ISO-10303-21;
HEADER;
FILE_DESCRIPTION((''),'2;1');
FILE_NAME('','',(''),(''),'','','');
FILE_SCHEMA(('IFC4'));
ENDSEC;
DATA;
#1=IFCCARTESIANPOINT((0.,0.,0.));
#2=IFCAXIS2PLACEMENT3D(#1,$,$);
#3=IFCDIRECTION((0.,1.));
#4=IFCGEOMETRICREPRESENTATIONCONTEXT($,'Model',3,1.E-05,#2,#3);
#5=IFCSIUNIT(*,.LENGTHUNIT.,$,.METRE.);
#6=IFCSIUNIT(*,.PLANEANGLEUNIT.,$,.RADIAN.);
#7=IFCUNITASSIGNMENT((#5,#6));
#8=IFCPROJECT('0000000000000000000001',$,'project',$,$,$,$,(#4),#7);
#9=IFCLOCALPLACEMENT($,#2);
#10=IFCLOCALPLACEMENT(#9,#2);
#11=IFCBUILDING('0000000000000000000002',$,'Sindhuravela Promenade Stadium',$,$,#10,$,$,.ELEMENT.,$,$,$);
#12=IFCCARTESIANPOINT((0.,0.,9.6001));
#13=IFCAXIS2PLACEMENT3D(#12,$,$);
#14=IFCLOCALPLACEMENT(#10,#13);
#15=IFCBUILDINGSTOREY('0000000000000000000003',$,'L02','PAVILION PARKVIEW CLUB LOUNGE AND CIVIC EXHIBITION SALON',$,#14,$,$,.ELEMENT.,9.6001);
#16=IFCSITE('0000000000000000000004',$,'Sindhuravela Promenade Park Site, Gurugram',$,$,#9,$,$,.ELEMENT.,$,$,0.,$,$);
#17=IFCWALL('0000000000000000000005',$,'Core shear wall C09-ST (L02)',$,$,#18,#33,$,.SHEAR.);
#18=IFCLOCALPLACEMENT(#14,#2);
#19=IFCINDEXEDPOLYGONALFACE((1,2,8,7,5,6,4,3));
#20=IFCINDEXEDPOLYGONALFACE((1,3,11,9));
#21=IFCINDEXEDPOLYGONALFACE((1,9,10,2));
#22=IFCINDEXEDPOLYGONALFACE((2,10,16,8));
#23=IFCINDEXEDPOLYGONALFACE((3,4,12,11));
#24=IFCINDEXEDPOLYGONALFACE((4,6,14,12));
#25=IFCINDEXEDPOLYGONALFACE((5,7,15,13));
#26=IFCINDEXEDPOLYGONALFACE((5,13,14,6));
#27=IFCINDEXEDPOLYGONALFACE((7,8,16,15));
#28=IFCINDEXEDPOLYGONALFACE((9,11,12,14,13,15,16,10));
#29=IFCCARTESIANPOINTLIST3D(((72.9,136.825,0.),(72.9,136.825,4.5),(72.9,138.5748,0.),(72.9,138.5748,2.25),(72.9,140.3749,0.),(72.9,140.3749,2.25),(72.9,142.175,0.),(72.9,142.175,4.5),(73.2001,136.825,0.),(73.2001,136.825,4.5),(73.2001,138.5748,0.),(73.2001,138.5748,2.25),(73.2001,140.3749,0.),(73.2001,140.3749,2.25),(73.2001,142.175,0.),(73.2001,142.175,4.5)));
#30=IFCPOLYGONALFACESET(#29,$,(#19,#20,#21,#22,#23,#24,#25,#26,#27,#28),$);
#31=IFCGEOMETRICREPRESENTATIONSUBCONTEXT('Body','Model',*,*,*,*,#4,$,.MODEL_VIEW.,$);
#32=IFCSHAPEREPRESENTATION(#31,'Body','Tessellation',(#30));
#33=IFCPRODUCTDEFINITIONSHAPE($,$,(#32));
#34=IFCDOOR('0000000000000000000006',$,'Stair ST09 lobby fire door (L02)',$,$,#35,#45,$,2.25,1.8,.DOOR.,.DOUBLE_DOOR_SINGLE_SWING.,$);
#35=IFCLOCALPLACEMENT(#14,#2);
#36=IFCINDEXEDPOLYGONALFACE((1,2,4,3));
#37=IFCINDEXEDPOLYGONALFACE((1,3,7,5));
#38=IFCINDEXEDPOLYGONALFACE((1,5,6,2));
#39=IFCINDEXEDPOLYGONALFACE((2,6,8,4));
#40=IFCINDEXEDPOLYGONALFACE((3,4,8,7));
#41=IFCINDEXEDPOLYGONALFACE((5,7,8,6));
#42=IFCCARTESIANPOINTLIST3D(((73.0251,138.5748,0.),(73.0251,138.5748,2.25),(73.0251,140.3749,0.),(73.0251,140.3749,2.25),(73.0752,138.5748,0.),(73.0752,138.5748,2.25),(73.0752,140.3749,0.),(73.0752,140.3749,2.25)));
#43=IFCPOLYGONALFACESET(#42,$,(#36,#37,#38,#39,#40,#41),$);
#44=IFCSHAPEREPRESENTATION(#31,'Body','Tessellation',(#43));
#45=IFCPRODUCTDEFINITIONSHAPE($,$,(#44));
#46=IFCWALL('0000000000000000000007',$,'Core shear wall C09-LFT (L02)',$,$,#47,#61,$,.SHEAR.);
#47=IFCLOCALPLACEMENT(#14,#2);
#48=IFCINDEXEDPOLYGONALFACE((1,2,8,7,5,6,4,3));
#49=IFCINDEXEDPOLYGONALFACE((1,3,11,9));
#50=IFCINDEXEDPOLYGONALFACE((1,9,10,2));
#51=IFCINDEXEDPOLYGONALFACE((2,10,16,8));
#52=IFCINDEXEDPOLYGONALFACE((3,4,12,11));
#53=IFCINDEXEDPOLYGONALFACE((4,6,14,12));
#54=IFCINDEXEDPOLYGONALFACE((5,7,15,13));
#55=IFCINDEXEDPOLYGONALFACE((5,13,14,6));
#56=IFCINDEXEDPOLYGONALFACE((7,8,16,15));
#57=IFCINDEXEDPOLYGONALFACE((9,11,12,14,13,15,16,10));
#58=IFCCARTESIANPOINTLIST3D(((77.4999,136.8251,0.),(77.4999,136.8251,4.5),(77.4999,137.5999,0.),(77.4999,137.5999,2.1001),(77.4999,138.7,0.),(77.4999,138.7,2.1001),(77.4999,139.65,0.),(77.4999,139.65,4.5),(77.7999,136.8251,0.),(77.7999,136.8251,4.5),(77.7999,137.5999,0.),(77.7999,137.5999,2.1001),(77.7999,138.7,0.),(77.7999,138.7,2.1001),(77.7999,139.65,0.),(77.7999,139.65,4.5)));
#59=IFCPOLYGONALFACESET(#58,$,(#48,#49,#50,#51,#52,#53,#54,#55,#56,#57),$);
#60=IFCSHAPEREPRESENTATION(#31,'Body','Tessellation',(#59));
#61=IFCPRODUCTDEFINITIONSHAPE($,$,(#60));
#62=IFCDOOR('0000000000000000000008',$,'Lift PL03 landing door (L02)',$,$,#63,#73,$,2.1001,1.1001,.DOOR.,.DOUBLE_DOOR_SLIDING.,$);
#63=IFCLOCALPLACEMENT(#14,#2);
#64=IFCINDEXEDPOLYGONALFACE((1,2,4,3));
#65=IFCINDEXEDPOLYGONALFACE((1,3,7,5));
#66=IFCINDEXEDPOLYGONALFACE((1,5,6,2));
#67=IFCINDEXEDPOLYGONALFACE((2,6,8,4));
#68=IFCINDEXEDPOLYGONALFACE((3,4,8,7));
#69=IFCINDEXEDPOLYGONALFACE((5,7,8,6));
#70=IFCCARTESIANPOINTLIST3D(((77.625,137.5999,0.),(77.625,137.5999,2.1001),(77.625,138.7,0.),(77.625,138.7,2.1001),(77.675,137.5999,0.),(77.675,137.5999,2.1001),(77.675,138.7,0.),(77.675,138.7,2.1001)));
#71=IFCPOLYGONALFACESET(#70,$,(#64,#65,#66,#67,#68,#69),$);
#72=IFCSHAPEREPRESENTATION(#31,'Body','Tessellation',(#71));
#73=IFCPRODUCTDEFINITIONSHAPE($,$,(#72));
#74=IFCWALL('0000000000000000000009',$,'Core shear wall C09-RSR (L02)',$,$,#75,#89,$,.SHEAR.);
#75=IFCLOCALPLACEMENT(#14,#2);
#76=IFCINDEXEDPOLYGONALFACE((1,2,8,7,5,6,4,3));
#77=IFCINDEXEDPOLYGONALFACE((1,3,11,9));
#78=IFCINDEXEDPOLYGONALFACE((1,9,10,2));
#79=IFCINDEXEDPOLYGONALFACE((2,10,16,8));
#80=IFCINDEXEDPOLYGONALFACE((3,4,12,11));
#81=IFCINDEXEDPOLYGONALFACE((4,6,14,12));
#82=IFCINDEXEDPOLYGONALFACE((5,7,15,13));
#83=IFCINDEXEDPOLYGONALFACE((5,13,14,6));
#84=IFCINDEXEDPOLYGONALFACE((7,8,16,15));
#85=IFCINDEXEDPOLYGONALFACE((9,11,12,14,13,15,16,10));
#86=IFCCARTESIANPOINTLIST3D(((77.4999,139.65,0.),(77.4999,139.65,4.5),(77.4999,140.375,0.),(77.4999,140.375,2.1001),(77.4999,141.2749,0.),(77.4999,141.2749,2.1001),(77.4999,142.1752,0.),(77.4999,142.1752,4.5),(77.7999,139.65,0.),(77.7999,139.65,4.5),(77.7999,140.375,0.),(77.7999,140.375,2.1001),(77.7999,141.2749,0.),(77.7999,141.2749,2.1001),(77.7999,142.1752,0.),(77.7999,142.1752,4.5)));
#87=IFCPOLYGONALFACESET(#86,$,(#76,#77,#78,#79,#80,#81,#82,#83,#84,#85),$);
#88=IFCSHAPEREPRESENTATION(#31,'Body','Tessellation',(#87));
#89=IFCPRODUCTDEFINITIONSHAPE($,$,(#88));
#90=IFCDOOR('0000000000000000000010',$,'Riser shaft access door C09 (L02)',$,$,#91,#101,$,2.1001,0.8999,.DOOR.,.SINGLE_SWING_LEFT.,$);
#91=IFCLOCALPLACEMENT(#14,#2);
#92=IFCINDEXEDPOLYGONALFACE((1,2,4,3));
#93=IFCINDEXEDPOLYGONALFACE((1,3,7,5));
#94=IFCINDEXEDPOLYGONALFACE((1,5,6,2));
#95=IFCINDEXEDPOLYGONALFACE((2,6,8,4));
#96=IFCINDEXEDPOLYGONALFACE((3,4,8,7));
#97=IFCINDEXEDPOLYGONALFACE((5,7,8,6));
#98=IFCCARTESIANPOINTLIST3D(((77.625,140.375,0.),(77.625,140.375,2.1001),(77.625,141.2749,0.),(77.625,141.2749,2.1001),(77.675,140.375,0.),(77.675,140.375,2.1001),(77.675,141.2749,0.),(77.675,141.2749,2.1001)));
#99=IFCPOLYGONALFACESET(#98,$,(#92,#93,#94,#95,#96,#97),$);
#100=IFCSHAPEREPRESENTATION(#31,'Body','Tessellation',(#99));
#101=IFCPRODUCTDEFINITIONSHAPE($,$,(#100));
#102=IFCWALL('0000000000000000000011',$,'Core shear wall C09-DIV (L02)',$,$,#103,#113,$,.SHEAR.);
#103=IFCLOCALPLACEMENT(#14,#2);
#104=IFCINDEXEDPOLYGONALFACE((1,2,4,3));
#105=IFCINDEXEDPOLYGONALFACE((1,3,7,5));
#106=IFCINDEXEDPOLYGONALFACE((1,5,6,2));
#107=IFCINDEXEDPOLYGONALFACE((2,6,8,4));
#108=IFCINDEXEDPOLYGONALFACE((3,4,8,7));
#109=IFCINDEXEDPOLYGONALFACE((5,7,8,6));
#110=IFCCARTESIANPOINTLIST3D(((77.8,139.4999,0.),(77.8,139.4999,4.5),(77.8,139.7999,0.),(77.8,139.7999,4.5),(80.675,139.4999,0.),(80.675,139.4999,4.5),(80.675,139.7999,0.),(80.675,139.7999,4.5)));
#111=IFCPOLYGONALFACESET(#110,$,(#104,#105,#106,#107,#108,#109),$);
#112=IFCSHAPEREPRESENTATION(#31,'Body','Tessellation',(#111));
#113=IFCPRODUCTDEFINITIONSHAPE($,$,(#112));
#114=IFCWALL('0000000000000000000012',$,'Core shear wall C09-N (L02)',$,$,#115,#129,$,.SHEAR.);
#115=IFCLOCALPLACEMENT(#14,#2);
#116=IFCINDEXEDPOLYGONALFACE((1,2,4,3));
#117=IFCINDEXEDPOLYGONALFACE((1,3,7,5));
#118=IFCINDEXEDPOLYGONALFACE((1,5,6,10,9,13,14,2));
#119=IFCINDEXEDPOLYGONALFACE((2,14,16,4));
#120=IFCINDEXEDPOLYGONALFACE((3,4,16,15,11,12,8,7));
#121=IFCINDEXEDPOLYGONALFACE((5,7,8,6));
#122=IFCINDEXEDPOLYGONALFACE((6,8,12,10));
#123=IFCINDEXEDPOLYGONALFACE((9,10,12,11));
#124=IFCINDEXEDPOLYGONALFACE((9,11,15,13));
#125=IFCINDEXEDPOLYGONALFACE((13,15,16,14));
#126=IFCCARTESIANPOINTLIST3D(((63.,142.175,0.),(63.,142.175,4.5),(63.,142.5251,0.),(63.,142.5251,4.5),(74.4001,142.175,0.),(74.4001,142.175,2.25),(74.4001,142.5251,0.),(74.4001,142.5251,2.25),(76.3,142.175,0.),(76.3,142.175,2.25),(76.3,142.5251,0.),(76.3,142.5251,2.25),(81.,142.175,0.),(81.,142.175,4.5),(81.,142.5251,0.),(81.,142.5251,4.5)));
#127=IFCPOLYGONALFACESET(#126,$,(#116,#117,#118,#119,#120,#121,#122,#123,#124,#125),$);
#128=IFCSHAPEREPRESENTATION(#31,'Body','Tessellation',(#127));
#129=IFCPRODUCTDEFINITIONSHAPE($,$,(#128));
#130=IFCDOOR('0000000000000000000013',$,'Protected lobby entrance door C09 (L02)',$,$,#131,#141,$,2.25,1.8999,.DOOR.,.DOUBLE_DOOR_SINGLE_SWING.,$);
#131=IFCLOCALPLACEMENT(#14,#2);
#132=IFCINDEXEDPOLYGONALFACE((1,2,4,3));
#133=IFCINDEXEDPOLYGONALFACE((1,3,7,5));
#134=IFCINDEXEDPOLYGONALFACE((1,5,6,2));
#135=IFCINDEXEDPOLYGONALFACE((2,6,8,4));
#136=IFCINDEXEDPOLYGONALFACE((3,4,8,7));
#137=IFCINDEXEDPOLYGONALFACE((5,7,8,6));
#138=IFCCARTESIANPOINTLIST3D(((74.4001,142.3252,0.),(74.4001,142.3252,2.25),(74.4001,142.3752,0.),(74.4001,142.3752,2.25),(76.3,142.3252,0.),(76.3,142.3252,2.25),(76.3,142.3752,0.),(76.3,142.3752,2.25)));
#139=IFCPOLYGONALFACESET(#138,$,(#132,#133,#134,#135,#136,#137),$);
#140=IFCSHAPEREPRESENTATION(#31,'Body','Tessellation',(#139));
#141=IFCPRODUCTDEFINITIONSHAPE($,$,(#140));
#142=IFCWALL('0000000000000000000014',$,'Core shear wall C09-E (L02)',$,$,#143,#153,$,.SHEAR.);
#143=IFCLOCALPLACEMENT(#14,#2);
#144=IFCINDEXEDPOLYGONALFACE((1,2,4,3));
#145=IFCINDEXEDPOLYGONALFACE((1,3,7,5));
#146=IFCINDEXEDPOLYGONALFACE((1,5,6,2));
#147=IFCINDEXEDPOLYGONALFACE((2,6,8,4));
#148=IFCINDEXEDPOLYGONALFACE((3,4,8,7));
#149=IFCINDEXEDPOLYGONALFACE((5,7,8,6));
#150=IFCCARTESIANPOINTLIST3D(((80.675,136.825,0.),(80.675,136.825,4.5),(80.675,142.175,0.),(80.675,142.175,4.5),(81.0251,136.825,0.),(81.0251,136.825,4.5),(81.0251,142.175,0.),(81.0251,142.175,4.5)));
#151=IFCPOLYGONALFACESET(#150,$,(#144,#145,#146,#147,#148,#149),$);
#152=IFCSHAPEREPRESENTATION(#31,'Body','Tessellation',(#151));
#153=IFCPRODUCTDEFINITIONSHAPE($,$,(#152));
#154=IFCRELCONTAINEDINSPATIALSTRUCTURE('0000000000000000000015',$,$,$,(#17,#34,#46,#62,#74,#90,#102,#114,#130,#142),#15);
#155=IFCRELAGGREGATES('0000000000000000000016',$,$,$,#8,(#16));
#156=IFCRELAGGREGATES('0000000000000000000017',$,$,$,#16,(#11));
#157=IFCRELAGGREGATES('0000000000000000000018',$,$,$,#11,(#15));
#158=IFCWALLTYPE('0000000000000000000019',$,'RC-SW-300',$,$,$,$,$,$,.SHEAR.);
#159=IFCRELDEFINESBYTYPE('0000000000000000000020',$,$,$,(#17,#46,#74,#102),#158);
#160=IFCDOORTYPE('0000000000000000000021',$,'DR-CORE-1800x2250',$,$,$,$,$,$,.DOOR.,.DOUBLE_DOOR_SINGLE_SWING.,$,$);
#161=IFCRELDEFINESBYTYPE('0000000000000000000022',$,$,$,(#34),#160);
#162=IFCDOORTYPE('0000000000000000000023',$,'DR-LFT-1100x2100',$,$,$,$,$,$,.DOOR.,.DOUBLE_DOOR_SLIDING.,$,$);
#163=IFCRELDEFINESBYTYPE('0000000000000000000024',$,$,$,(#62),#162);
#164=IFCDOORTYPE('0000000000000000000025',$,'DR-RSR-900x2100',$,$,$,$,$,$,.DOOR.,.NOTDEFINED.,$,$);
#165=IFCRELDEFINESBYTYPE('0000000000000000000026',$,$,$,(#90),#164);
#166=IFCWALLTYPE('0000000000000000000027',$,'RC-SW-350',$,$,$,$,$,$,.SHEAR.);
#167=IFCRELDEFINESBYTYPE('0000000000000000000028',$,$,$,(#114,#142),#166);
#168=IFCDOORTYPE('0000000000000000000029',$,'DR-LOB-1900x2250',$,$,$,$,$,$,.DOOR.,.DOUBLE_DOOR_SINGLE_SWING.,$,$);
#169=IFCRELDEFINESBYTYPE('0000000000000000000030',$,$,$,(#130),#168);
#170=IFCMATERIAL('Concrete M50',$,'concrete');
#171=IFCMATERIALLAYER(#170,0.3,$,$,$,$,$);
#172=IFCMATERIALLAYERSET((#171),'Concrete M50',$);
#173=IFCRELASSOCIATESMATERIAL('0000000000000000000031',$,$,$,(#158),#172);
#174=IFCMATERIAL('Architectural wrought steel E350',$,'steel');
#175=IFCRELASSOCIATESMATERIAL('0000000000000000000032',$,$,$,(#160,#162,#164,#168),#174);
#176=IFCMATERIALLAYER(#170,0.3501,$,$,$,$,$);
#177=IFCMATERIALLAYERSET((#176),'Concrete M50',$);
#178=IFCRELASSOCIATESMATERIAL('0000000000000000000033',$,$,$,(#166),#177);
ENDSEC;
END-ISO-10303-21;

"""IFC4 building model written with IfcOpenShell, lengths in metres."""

from ifc_helpers import new_model, si_unit, direction, frame, frame_2d, origin, place, context, subcontext, project, spatial, rectangle, extrude, material, layer, layer_set, type_object, element, fill, save


model = new_model("IFC4")

# Units and contexts
model_context = context("Model", 3, precision=1e-05, world=origin(), true_north=direction((0.0, 1.0)))
body_context = subcontext(model_context, "Body", "Model", "MODEL_VIEW")
ifc_project = project(units=[si_unit("LENGTHUNIT", "METRE"), si_unit("PLANEANGLEUNIT", "RADIAN")], contexts=[model_context])

# Site, building, storey
site_placement = place(None, origin())
site = spatial("IfcSite", under=ifc_project, at=site_placement, Name="Sindhuravela Promenade Park Site, Gurugram", CompositionType="ELEMENT", RefElevation=0.0)
building_placement = place(site_placement, origin())
building = spatial("IfcBuilding", under=site, at=building_placement, Name="Sindhuravela Promenade Stadium", CompositionType="ELEMENT")
storey_placement = place(building_placement, frame((0.0, 0.0, 9.6001)))
storey = spatial("IfcBuildingStorey", under=building, at=storey_placement, Name="L02", Description="PAVILION PARKVIEW CLUB LOUNGE AND CIVIC EXHIBITION SALON", CompositionType="ELEMENT", Elevation=9.6001)

# Walls, openings, doors
ifc_material_1 = material(Name="Concrete M50", Category="concrete")
ifc_layer_1 = layer(ifc_material_1, 0.3)
ifc_layer_set_1 = layer_set([ifc_layer_1], Name="Concrete M50")
wall_type_1 = type_object("IfcWallType", Name="RC-SW-300", PredefinedType="SHEAR", material=ifc_layer_set_1)
wall_1_placement = place(storey_placement, frame((73.05, 136.825, 0.0), z_axis=(0.0, 0.0, 1.0), x_axis=(0.0, 1.0, 0.0)))
wall_1 = element("IfcWall", 1, at=wall_1_placement, inside=storey, type_object=wall_type_1, Name="Core shear wall C09-ST (L02)", PredefinedType="SHEAR", context=body_context, shape_type="SweptSolid", body=[
    extrude(rectangle(XDim=5.3501, YDim=0.3, at=frame_2d((2.675, 0.0))), origin(), (0.0, 0.0, 1.0), 4.5),
])
opening_1_placement = place(wall_1_placement, frame((1.75, 0.0, 0.0)))
opening_1 = element("IfcOpeningElement", 2, at=opening_1_placement, cuts=wall_1, PredefinedType="OPENING", context=body_context, shape_type="SweptSolid", body=[
    extrude(rectangle(XDim=1.8, YDim=2.25, at=frame_2d((0.8999, 1.125))), frame((0.0, 0.1599, 0.0), z_axis=(0.0, -1.0, 0.0), x_axis=(1.0, 0.0, 0.0)), (0.0, 0.0, 1.0), 0.3201),
])
ifc_material_2 = material(Name="Architectural wrought steel E350", Category="steel")
door_type_1 = type_object("IfcDoorType", Name="DR-CORE-1800x2250", OperationType="DOUBLE_DOOR_SINGLE_SWING", PredefinedType="DOOR", material=ifc_material_2)
door_1_placement = place(opening_1_placement, origin())
door_1 = element("IfcDoor", 3, at=door_1_placement, inside=storey, type_object=door_type_1, Name="Stair ST09 lobby fire door (L02)", OperationType="DOUBLE_DOOR_SINGLE_SWING", OverallHeight=2.25, OverallWidth=1.8, PredefinedType="DOOR", context=body_context, shape_type="SweptSolid", body=[
    extrude(rectangle(XDim=1.8, YDim=2.25, at=frame_2d((0.8999, 1.125))), frame((0.0, 0.0249, 0.0), z_axis=(0.0, -1.0, 0.0), x_axis=(1.0, 0.0, 0.0)), (0.0, 0.0, 1.0), 0.05),
])
fill(opening_1, door_1)
wall_2_placement = place(storey_placement, frame((77.6499, 136.825, 0.0), z_axis=(0.0, 0.0, 1.0), x_axis=(0.0, 1.0, 0.0)))
wall_2 = element("IfcWall", 4, at=wall_2_placement, inside=storey, type_object=wall_type_1, Name="Core shear wall C09-LFT (L02)", PredefinedType="SHEAR", context=body_context, shape_type="SweptSolid", body=[
    extrude(rectangle(XDim=2.825, YDim=0.3, at=frame_2d((1.4126, 0.0))), origin(), (0.0, 0.0, 1.0), 4.5),
])
opening_2_placement = place(wall_2_placement, frame((0.7749, 0.0, 0.0)))
opening_2 = element("IfcOpeningElement", 5, at=opening_2_placement, cuts=wall_2, PredefinedType="OPENING", context=body_context, shape_type="SweptSolid", body=[
    extrude(rectangle(XDim=1.1001, YDim=2.1001, at=frame_2d((0.55, 1.05))), frame((0.0, 0.1599, 0.0), z_axis=(0.0, -1.0, 0.0), x_axis=(1.0, 0.0, 0.0)), (0.0, 0.0, 1.0), 0.3201),
])
door_type_2 = type_object("IfcDoorType", Name="DR-LFT-1100x2100", OperationType="DOUBLE_DOOR_SLIDING", PredefinedType="DOOR", material=ifc_material_2)
door_2_placement = place(opening_2_placement, origin())
door_2 = element("IfcDoor", 6, at=door_2_placement, inside=storey, type_object=door_type_2, Name="Lift PL03 landing door (L02)", OperationType="DOUBLE_DOOR_SLIDING", OverallHeight=2.1001, OverallWidth=1.1001, PredefinedType="DOOR", context=body_context, shape_type="SweptSolid", body=[
    extrude(rectangle(XDim=1.1001, YDim=2.1001, at=frame_2d((0.55, 1.05))), frame((0.0, 0.0249, 0.0), z_axis=(0.0, -1.0, 0.0), x_axis=(1.0, 0.0, 0.0)), (0.0, 0.0, 1.0), 0.05),
])
fill(opening_2, door_2)
wall_3_placement = place(storey_placement, frame((77.6499, 139.6499, 0.0), z_axis=(0.0, 0.0, 1.0), x_axis=(0.0, 1.0, 0.0)))
wall_3 = element("IfcWall", 7, at=wall_3_placement, inside=storey, type_object=wall_type_1, Name="Core shear wall C09-RSR (L02)", PredefinedType="SHEAR", context=body_context, shape_type="SweptSolid", body=[
    extrude(rectangle(XDim=2.5251, YDim=0.3, at=frame_2d((1.2627, 0.0))), origin(), (0.0, 0.0, 1.0), 4.5),
])
opening_3_placement = place(wall_3_placement, frame((0.7251, 0.0, 0.0)))
opening_3 = element("IfcOpeningElement", 8, at=opening_3_placement, cuts=wall_3, PredefinedType="OPENING", context=body_context, shape_type="SweptSolid", body=[
    extrude(rectangle(XDim=0.8999, YDim=2.1001, at=frame_2d((0.45, 1.05))), frame((0.0, 0.1599, 0.0), z_axis=(0.0, -1.0, 0.0), x_axis=(1.0, 0.0, 0.0)), (0.0, 0.0, 1.0), 0.3201),
])
door_type_3 = type_object("IfcDoorType", Name="DR-RSR-900x2100", OperationType="NOTDEFINED", PredefinedType="DOOR", material=ifc_material_2)
door_3_placement = place(opening_3_placement, origin())
door_3 = element("IfcDoor", 9, at=door_3_placement, inside=storey, type_object=door_type_3, Name="Riser shaft access door C09 (L02)", OperationType="SINGLE_SWING_LEFT", OverallHeight=2.1001, OverallWidth=0.8999, PredefinedType="DOOR", context=body_context, shape_type="SweptSolid", body=[
    extrude(rectangle(XDim=0.8999, YDim=2.1001, at=frame_2d((0.45, 1.05))), frame((0.0, 0.0249, 0.0), z_axis=(0.0, -1.0, 0.0), x_axis=(1.0, 0.0, 0.0)), (0.0, 0.0, 1.0), 0.05),
])
fill(opening_3, door_3)

# Wall
wall_4_placement = place(storey_placement, frame((77.8, 139.6499, 0.0), z_axis=(0.0, 0.0, 1.0), x_axis=(1.0, 0.0, 0.0)))
element("IfcWall", 10, at=wall_4_placement, inside=storey, type_object=wall_type_1, Name="Core shear wall C09-DIV (L02)", PredefinedType="SHEAR", context=body_context, shape_type="SweptSolid", body=[
    extrude(rectangle(XDim=2.875, YDim=0.3, at=frame_2d((1.4375, 0.0))), origin(), (0.0, 0.0, 1.0), 4.5),
])

# Wall, opening, door
ifc_layer_2 = layer(ifc_material_1, 0.3501)
ifc_layer_set_2 = layer_set([ifc_layer_2], Name="Concrete M50")
wall_type_2 = type_object("IfcWallType", Name="RC-SW-350", PredefinedType="SHEAR", material=ifc_layer_set_2)
wall_5_placement = place(storey_placement, frame((81.0, 142.3501, 0.0), z_axis=(0.0, 0.0, 1.0), x_axis=(-1.0, 0.0, 0.0)))
wall_5 = element("IfcWall", 11, at=wall_5_placement, inside=storey, type_object=wall_type_2, Name="Core shear wall C09-N (L02)", PredefinedType="SHEAR", context=body_context, shape_type="SweptSolid", body=[
    extrude(rectangle(XDim=18.0, YDim=0.3501, at=frame_2d((9.0, 0.0))), origin(), (0.0, 0.0, 1.0), 4.5),
])
opening_4_placement = place(wall_5_placement, frame((4.7, 0.0, 0.0)))
opening_4 = element("IfcOpeningElement", 12, at=opening_4_placement, cuts=wall_5, PredefinedType="OPENING", context=body_context, shape_type="SweptSolid", body=[
    extrude(rectangle(XDim=1.8999, YDim=2.25, at=frame_2d((0.95, 1.125))), frame((0.0, 0.1851, 0.0), z_axis=(0.0, -1.0, 0.0), x_axis=(1.0, 0.0, 0.0)), (0.0, 0.0, 1.0), 0.3701),
])
door_type_4 = type_object("IfcDoorType", Name="DR-LOB-1900x2250", OperationType="DOUBLE_DOOR_SINGLE_SWING", PredefinedType="DOOR", material=ifc_material_2)
door_4_placement = place(opening_4_placement, origin())
door_4 = element("IfcDoor", 13, at=door_4_placement, inside=storey, type_object=door_type_4, Name="Protected lobby entrance door C09 (L02)", OperationType="DOUBLE_DOOR_SINGLE_SWING", OverallHeight=2.25, OverallWidth=1.8999, PredefinedType="DOOR", context=body_context, shape_type="SweptSolid", body=[
    extrude(rectangle(XDim=1.8999, YDim=2.25, at=frame_2d((0.95, 1.125))), frame((0.0, 0.0249, 0.0), z_axis=(0.0, -1.0, 0.0), x_axis=(1.0, 0.0, 0.0)), (0.0, 0.0, 1.0), 0.05),
])
fill(opening_4, door_4)

# Wall
wall_6_placement = place(storey_placement, frame((80.8501, 136.825, 0.0), z_axis=(0.0, 0.0, 1.0), x_axis=(0.0, 1.0, 0.0)))
element("IfcWall", 14, at=wall_6_placement, inside=storey, type_object=wall_type_2, Name="Core shear wall C09-E (L02)", PredefinedType="SHEAR", context=body_context, shape_type="SweptSolid", body=[
    extrude(rectangle(XDim=5.3501, YDim=0.3501, at=frame_2d((2.675, 0.0))), origin(), (0.0, 0.0, 1.0), 4.5),
])

save(model, "model.ifc")
